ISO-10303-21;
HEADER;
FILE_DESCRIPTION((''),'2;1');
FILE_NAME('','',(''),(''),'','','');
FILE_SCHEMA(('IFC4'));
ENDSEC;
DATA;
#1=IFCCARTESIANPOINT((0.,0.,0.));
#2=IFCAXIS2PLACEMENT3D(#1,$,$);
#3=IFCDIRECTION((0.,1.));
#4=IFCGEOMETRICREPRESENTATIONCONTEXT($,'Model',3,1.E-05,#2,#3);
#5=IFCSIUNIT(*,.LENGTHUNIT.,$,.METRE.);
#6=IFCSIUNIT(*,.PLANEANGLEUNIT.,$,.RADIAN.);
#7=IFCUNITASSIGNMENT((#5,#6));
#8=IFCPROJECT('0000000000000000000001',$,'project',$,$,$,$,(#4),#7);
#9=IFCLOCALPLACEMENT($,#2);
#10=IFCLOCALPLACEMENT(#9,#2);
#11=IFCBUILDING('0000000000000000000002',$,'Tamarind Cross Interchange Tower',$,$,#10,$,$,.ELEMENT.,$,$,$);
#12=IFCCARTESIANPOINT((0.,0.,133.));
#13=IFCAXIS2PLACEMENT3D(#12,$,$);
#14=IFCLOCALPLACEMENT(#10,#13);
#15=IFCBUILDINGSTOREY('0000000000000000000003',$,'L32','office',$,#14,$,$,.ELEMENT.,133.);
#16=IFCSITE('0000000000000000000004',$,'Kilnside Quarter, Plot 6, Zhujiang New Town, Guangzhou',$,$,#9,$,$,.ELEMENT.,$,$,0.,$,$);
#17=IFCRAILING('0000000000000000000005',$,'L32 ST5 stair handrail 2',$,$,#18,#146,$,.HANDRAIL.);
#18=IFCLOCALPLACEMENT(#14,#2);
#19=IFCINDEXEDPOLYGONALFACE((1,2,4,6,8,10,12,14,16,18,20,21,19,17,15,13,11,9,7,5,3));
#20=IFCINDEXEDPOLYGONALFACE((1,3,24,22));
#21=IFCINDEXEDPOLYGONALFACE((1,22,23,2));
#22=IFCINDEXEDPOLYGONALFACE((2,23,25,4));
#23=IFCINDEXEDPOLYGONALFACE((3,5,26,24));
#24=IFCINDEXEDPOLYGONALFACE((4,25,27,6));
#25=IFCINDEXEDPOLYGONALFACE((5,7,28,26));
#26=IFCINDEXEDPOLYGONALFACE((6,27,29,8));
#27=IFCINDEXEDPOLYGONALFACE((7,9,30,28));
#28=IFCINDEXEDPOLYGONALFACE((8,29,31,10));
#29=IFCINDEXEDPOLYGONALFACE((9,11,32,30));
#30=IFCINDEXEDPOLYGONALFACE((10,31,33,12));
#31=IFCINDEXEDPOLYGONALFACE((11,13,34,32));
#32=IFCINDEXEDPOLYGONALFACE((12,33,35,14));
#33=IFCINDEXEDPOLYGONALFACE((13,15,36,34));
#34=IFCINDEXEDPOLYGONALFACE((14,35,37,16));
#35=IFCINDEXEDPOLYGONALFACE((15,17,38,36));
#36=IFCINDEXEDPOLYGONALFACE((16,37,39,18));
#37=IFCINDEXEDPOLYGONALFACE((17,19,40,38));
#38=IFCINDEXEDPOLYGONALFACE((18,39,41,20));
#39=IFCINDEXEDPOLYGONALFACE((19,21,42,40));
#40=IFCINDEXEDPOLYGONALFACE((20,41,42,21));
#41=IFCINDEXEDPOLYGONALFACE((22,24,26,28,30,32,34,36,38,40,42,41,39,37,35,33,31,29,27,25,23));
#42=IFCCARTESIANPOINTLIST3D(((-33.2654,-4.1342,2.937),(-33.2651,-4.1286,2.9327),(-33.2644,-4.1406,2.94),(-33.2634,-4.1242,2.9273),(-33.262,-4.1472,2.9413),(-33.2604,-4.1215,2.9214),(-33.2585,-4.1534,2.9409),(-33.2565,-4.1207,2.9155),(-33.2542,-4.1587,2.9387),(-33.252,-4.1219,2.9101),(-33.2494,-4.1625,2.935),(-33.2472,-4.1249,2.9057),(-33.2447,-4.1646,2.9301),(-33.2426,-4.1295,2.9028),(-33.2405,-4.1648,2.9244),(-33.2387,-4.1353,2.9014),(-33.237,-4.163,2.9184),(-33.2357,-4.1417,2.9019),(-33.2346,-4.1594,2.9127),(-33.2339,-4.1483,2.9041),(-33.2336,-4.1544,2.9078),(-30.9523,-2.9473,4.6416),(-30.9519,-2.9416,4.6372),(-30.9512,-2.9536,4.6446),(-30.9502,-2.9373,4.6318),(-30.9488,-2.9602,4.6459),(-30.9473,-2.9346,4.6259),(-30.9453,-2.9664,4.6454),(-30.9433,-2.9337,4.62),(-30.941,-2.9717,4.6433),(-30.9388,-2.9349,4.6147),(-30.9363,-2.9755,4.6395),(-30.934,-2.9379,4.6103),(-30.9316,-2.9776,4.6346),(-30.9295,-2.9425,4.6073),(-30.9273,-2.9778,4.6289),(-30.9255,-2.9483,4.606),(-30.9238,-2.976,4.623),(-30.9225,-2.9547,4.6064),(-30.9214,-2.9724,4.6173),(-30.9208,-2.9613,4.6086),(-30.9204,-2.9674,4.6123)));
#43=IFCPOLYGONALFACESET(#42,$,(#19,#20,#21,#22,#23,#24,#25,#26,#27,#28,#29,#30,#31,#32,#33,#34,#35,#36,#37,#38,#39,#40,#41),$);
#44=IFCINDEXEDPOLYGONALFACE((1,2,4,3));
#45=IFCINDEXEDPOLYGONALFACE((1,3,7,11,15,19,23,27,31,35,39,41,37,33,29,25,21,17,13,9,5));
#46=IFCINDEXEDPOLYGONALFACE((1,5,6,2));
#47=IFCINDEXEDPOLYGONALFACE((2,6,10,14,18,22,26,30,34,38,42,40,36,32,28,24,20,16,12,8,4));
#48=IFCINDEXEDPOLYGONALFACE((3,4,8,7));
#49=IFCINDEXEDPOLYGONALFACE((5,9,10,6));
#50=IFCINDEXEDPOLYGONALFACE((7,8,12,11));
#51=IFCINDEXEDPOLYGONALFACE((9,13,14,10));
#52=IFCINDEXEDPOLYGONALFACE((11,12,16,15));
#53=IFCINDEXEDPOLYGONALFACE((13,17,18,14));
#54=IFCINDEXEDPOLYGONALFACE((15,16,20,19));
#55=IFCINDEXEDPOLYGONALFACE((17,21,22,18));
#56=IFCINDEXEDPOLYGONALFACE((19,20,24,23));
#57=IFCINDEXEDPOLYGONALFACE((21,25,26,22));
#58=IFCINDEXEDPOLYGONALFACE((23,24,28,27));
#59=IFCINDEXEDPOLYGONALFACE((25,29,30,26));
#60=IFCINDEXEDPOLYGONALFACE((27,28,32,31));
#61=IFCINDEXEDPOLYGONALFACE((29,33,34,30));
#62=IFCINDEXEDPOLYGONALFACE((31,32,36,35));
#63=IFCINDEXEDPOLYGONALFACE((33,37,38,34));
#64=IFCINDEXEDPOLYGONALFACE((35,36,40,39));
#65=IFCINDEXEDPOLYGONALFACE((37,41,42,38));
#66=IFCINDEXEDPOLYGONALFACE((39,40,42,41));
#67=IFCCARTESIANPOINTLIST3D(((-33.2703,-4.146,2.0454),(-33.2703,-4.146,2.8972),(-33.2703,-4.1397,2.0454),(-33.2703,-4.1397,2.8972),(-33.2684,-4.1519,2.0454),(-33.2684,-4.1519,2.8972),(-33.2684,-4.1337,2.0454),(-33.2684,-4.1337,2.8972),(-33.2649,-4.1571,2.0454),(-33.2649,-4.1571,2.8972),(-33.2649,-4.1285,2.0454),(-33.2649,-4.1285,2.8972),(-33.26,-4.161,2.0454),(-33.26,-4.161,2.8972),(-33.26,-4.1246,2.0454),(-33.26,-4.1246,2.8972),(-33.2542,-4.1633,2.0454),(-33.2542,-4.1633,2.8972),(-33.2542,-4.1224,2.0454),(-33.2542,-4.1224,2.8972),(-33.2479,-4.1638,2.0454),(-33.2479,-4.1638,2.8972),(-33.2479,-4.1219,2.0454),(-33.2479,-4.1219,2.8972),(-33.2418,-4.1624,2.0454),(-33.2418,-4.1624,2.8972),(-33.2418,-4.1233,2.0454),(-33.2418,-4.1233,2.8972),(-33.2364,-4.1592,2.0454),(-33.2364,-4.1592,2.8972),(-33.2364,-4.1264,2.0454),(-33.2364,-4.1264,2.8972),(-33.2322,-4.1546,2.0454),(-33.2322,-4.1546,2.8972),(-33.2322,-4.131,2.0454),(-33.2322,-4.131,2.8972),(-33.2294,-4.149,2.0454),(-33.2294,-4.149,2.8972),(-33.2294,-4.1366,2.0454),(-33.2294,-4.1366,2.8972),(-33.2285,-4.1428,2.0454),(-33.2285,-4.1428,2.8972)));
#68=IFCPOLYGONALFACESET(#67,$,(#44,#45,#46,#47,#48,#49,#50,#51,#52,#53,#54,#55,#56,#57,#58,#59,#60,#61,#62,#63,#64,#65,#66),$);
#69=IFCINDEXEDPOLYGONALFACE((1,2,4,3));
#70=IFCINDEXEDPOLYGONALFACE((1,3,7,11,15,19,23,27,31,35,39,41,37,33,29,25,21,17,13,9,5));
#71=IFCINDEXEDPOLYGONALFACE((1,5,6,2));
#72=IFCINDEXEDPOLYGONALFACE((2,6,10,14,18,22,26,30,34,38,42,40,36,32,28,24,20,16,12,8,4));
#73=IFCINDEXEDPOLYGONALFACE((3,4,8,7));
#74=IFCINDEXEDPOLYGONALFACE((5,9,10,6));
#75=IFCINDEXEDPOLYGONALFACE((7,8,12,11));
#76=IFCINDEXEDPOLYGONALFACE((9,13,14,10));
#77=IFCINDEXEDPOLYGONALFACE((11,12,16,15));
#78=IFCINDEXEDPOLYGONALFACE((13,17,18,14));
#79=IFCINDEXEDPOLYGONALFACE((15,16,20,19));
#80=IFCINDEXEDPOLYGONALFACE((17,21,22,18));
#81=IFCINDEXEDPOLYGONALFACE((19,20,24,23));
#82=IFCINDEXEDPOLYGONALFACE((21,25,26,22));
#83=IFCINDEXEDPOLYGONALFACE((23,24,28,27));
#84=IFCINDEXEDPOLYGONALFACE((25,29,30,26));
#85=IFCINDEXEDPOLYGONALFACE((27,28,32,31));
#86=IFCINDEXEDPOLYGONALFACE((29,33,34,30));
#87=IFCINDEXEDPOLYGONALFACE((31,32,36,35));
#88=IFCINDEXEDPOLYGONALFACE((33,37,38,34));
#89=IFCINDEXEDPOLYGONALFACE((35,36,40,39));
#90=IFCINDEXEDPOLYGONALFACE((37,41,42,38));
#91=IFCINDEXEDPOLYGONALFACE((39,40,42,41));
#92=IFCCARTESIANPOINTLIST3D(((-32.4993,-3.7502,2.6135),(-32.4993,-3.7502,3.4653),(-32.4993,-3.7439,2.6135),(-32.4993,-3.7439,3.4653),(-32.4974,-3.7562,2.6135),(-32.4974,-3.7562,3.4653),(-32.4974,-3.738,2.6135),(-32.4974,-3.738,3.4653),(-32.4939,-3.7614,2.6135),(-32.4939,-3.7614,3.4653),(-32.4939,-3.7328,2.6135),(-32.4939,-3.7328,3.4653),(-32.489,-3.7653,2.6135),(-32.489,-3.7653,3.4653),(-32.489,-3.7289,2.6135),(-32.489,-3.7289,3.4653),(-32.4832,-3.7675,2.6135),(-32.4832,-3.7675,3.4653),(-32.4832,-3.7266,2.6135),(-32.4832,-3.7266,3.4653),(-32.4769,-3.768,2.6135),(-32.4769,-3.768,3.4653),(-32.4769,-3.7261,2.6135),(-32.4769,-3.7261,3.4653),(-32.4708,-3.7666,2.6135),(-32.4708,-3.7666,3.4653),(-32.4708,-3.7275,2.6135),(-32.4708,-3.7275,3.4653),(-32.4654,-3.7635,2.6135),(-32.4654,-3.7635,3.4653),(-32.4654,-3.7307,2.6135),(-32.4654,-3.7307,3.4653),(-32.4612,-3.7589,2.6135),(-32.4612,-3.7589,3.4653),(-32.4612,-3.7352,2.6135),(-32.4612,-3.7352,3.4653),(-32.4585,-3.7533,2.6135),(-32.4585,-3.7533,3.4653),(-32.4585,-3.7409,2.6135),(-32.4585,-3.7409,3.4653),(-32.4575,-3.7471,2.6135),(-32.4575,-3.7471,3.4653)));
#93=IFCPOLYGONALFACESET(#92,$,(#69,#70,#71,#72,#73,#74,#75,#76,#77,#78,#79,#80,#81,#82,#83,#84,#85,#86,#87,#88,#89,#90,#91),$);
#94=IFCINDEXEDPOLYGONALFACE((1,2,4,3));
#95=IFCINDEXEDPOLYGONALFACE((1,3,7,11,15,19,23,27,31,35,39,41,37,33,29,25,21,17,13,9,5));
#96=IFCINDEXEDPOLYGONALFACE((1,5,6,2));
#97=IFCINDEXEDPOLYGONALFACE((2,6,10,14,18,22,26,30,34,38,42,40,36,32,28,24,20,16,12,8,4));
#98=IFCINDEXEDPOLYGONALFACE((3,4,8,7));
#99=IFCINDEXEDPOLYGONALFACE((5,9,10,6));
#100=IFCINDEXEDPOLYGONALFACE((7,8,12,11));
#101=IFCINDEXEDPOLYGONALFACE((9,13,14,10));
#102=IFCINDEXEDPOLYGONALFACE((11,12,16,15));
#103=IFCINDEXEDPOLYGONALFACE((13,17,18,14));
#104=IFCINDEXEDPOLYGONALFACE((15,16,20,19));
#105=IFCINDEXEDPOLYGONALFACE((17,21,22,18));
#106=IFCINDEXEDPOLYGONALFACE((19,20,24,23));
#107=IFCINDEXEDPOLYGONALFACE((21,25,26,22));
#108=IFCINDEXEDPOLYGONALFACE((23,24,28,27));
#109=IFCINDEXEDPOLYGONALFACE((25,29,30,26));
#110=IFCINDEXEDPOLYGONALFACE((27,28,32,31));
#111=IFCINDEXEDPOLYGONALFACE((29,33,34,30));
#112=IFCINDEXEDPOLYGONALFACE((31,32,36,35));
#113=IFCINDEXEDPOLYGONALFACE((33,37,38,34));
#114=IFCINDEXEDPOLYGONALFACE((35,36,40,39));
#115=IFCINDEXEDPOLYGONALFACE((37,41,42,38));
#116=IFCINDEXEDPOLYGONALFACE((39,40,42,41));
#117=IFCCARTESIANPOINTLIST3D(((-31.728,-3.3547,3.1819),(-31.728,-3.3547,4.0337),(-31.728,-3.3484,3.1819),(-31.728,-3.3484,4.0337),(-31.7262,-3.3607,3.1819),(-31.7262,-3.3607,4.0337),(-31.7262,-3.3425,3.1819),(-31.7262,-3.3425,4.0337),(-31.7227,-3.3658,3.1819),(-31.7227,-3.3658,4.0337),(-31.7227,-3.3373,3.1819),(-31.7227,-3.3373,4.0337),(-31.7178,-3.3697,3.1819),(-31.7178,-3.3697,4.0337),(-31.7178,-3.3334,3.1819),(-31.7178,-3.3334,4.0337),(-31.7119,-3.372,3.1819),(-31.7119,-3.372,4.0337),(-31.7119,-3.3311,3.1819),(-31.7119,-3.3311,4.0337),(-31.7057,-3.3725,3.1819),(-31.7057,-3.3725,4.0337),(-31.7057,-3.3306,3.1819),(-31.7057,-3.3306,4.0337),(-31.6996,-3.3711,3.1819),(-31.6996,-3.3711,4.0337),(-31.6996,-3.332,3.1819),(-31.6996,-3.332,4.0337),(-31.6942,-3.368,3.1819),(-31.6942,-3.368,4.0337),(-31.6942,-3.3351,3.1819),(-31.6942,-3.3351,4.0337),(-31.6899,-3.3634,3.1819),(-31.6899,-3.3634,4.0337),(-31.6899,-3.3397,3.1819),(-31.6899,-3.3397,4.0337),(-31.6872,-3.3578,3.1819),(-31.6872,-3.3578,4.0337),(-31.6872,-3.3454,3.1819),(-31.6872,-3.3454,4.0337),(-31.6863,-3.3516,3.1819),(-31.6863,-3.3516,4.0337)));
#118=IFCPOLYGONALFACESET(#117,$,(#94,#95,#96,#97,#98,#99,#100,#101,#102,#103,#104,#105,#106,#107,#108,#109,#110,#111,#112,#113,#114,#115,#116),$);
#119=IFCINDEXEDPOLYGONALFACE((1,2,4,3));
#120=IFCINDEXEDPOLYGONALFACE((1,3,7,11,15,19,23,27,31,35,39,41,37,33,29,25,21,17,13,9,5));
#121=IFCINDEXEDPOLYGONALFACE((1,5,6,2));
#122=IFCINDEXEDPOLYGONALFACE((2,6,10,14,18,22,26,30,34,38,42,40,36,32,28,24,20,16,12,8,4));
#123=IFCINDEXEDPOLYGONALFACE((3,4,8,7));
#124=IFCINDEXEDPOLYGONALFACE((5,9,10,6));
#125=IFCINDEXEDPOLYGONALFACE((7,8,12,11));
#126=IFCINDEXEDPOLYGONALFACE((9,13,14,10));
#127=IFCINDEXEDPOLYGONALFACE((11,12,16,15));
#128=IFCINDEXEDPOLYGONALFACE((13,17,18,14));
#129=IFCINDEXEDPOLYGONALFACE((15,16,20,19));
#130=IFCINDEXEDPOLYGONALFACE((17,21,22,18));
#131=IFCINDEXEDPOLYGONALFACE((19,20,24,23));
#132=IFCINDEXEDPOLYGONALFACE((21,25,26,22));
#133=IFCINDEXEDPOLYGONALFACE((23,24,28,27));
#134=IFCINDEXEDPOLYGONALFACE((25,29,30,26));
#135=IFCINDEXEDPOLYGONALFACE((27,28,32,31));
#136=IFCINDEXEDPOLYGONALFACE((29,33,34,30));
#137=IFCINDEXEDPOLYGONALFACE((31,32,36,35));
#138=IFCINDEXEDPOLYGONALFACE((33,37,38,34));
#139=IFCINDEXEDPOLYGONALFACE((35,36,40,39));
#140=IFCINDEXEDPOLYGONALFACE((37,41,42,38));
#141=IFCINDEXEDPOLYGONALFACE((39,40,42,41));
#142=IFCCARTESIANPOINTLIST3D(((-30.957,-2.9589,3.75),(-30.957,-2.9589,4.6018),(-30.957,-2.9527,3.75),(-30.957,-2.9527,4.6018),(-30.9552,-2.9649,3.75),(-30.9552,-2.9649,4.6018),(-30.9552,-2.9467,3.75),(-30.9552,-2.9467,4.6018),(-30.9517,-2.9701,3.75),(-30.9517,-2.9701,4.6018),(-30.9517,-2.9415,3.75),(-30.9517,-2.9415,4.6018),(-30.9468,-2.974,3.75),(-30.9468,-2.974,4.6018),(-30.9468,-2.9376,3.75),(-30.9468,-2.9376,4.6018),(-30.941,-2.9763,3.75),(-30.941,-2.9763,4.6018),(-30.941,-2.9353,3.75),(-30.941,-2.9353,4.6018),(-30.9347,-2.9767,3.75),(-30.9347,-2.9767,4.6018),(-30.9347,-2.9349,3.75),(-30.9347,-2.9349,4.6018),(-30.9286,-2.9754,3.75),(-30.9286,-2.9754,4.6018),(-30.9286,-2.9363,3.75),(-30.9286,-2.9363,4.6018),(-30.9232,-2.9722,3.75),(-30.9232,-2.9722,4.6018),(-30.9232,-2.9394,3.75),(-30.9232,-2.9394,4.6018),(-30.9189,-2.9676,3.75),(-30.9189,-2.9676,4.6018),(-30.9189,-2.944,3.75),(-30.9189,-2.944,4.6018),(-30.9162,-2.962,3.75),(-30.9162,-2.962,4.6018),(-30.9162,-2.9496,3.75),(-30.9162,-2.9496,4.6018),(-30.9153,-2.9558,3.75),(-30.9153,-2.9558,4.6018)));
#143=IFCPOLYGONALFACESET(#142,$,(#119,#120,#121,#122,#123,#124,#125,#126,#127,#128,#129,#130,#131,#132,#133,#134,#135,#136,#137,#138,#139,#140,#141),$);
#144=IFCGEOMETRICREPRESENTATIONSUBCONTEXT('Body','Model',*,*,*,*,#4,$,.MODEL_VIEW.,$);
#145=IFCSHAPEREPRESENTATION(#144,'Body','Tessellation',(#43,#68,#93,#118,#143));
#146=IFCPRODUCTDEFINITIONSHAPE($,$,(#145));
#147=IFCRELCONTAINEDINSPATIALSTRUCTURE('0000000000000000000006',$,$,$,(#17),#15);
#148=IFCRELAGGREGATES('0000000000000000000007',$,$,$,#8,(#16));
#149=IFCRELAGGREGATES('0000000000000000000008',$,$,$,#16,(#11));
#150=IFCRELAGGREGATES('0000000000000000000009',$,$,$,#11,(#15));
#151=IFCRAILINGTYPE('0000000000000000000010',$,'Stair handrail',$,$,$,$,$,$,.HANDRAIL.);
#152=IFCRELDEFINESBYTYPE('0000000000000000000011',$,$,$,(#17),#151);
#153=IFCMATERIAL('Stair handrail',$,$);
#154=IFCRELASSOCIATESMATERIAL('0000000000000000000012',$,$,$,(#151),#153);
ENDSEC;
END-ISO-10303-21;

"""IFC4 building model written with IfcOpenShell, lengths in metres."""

from ifc_helpers import new_model, si_unit, direction, frame, origin, origin_2d, place, context, subcontext, project, spatial, circle, extrude, material, type_object, element, save


model = new_model("IFC4")

# Units and contexts
model_context = context("Model", 3, precision=1e-05, world=origin(), true_north=direction((0.0, 1.0)))
body_context = subcontext(model_context, "Body", "Model", "MODEL_VIEW")
ifc_project = project(units=[si_unit("LENGTHUNIT", "METRE"), si_unit("PLANEANGLEUNIT", "RADIAN")], contexts=[model_context])

# Site, building, storey
site_placement = place(None, origin())
site = spatial("IfcSite", under=ifc_project, at=site_placement, Name="Kilnside Quarter, Plot 6, Zhujiang New Town, Guangzhou", CompositionType="ELEMENT", RefElevation=0.0)
building_placement = place(site_placement, origin())
building = spatial("IfcBuilding", under=site, at=building_placement, Name="Tamarind Cross Interchange Tower", CompositionType="ELEMENT")
storey_placement = place(building_placement, frame((0.0, 0.0, 133.0)))
storey = spatial("IfcBuildingStorey", under=building, at=storey_placement, Name="L32", Description="office", CompositionType="ELEMENT", Elevation=133.0)

# Railing
ifc_material_1 = material(Name="Stair handrail")
railing_type_1 = type_object("IfcRailingType", Name="Stair handrail", PredefinedType="HANDRAIL", material=ifc_material_1)
railing_1_placement = place(storey_placement, frame((-33.2495, -4.1428, 2.0454)))
element("IfcRailing", 1, at=railing_1_placement, inside=storey, type_object=railing_type_1, Name="L32 ST5 stair handrail 2", PredefinedType="HANDRAIL", context=body_context, shape_type="SweptSolid", body=[
    extrude(circle(Radius=0.0239, at=origin_2d()), frame((0.0, 0.0, 0.876), z_axis=(0.744052, 0.381803, 0.548282), x_axis=(-0.456542, 0.889702, 0.0)), (0.0, 0.0, 1.0), 3.1089),
    extrude(circle(Radius=0.021, at=origin_2d()), origin(), (0.0, 0.0, 1.0), 0.8518),
    extrude(circle(Radius=0.021, at=origin_2d()), frame((0.771, 0.3958, 0.5681)), (0.0, 0.0, 1.0), 0.8518),
    extrude(circle(Radius=0.021, at=origin_2d()), frame((1.5422, 0.7913, 1.1365)), (0.0, 0.0, 1.0), 0.8518),
    extrude(circle(Radius=0.021, at=origin_2d()), frame((2.3132, 1.187, 1.7046)), (0.0, 0.0, 1.0), 0.8518),
])

save(model, "model.ifc")
